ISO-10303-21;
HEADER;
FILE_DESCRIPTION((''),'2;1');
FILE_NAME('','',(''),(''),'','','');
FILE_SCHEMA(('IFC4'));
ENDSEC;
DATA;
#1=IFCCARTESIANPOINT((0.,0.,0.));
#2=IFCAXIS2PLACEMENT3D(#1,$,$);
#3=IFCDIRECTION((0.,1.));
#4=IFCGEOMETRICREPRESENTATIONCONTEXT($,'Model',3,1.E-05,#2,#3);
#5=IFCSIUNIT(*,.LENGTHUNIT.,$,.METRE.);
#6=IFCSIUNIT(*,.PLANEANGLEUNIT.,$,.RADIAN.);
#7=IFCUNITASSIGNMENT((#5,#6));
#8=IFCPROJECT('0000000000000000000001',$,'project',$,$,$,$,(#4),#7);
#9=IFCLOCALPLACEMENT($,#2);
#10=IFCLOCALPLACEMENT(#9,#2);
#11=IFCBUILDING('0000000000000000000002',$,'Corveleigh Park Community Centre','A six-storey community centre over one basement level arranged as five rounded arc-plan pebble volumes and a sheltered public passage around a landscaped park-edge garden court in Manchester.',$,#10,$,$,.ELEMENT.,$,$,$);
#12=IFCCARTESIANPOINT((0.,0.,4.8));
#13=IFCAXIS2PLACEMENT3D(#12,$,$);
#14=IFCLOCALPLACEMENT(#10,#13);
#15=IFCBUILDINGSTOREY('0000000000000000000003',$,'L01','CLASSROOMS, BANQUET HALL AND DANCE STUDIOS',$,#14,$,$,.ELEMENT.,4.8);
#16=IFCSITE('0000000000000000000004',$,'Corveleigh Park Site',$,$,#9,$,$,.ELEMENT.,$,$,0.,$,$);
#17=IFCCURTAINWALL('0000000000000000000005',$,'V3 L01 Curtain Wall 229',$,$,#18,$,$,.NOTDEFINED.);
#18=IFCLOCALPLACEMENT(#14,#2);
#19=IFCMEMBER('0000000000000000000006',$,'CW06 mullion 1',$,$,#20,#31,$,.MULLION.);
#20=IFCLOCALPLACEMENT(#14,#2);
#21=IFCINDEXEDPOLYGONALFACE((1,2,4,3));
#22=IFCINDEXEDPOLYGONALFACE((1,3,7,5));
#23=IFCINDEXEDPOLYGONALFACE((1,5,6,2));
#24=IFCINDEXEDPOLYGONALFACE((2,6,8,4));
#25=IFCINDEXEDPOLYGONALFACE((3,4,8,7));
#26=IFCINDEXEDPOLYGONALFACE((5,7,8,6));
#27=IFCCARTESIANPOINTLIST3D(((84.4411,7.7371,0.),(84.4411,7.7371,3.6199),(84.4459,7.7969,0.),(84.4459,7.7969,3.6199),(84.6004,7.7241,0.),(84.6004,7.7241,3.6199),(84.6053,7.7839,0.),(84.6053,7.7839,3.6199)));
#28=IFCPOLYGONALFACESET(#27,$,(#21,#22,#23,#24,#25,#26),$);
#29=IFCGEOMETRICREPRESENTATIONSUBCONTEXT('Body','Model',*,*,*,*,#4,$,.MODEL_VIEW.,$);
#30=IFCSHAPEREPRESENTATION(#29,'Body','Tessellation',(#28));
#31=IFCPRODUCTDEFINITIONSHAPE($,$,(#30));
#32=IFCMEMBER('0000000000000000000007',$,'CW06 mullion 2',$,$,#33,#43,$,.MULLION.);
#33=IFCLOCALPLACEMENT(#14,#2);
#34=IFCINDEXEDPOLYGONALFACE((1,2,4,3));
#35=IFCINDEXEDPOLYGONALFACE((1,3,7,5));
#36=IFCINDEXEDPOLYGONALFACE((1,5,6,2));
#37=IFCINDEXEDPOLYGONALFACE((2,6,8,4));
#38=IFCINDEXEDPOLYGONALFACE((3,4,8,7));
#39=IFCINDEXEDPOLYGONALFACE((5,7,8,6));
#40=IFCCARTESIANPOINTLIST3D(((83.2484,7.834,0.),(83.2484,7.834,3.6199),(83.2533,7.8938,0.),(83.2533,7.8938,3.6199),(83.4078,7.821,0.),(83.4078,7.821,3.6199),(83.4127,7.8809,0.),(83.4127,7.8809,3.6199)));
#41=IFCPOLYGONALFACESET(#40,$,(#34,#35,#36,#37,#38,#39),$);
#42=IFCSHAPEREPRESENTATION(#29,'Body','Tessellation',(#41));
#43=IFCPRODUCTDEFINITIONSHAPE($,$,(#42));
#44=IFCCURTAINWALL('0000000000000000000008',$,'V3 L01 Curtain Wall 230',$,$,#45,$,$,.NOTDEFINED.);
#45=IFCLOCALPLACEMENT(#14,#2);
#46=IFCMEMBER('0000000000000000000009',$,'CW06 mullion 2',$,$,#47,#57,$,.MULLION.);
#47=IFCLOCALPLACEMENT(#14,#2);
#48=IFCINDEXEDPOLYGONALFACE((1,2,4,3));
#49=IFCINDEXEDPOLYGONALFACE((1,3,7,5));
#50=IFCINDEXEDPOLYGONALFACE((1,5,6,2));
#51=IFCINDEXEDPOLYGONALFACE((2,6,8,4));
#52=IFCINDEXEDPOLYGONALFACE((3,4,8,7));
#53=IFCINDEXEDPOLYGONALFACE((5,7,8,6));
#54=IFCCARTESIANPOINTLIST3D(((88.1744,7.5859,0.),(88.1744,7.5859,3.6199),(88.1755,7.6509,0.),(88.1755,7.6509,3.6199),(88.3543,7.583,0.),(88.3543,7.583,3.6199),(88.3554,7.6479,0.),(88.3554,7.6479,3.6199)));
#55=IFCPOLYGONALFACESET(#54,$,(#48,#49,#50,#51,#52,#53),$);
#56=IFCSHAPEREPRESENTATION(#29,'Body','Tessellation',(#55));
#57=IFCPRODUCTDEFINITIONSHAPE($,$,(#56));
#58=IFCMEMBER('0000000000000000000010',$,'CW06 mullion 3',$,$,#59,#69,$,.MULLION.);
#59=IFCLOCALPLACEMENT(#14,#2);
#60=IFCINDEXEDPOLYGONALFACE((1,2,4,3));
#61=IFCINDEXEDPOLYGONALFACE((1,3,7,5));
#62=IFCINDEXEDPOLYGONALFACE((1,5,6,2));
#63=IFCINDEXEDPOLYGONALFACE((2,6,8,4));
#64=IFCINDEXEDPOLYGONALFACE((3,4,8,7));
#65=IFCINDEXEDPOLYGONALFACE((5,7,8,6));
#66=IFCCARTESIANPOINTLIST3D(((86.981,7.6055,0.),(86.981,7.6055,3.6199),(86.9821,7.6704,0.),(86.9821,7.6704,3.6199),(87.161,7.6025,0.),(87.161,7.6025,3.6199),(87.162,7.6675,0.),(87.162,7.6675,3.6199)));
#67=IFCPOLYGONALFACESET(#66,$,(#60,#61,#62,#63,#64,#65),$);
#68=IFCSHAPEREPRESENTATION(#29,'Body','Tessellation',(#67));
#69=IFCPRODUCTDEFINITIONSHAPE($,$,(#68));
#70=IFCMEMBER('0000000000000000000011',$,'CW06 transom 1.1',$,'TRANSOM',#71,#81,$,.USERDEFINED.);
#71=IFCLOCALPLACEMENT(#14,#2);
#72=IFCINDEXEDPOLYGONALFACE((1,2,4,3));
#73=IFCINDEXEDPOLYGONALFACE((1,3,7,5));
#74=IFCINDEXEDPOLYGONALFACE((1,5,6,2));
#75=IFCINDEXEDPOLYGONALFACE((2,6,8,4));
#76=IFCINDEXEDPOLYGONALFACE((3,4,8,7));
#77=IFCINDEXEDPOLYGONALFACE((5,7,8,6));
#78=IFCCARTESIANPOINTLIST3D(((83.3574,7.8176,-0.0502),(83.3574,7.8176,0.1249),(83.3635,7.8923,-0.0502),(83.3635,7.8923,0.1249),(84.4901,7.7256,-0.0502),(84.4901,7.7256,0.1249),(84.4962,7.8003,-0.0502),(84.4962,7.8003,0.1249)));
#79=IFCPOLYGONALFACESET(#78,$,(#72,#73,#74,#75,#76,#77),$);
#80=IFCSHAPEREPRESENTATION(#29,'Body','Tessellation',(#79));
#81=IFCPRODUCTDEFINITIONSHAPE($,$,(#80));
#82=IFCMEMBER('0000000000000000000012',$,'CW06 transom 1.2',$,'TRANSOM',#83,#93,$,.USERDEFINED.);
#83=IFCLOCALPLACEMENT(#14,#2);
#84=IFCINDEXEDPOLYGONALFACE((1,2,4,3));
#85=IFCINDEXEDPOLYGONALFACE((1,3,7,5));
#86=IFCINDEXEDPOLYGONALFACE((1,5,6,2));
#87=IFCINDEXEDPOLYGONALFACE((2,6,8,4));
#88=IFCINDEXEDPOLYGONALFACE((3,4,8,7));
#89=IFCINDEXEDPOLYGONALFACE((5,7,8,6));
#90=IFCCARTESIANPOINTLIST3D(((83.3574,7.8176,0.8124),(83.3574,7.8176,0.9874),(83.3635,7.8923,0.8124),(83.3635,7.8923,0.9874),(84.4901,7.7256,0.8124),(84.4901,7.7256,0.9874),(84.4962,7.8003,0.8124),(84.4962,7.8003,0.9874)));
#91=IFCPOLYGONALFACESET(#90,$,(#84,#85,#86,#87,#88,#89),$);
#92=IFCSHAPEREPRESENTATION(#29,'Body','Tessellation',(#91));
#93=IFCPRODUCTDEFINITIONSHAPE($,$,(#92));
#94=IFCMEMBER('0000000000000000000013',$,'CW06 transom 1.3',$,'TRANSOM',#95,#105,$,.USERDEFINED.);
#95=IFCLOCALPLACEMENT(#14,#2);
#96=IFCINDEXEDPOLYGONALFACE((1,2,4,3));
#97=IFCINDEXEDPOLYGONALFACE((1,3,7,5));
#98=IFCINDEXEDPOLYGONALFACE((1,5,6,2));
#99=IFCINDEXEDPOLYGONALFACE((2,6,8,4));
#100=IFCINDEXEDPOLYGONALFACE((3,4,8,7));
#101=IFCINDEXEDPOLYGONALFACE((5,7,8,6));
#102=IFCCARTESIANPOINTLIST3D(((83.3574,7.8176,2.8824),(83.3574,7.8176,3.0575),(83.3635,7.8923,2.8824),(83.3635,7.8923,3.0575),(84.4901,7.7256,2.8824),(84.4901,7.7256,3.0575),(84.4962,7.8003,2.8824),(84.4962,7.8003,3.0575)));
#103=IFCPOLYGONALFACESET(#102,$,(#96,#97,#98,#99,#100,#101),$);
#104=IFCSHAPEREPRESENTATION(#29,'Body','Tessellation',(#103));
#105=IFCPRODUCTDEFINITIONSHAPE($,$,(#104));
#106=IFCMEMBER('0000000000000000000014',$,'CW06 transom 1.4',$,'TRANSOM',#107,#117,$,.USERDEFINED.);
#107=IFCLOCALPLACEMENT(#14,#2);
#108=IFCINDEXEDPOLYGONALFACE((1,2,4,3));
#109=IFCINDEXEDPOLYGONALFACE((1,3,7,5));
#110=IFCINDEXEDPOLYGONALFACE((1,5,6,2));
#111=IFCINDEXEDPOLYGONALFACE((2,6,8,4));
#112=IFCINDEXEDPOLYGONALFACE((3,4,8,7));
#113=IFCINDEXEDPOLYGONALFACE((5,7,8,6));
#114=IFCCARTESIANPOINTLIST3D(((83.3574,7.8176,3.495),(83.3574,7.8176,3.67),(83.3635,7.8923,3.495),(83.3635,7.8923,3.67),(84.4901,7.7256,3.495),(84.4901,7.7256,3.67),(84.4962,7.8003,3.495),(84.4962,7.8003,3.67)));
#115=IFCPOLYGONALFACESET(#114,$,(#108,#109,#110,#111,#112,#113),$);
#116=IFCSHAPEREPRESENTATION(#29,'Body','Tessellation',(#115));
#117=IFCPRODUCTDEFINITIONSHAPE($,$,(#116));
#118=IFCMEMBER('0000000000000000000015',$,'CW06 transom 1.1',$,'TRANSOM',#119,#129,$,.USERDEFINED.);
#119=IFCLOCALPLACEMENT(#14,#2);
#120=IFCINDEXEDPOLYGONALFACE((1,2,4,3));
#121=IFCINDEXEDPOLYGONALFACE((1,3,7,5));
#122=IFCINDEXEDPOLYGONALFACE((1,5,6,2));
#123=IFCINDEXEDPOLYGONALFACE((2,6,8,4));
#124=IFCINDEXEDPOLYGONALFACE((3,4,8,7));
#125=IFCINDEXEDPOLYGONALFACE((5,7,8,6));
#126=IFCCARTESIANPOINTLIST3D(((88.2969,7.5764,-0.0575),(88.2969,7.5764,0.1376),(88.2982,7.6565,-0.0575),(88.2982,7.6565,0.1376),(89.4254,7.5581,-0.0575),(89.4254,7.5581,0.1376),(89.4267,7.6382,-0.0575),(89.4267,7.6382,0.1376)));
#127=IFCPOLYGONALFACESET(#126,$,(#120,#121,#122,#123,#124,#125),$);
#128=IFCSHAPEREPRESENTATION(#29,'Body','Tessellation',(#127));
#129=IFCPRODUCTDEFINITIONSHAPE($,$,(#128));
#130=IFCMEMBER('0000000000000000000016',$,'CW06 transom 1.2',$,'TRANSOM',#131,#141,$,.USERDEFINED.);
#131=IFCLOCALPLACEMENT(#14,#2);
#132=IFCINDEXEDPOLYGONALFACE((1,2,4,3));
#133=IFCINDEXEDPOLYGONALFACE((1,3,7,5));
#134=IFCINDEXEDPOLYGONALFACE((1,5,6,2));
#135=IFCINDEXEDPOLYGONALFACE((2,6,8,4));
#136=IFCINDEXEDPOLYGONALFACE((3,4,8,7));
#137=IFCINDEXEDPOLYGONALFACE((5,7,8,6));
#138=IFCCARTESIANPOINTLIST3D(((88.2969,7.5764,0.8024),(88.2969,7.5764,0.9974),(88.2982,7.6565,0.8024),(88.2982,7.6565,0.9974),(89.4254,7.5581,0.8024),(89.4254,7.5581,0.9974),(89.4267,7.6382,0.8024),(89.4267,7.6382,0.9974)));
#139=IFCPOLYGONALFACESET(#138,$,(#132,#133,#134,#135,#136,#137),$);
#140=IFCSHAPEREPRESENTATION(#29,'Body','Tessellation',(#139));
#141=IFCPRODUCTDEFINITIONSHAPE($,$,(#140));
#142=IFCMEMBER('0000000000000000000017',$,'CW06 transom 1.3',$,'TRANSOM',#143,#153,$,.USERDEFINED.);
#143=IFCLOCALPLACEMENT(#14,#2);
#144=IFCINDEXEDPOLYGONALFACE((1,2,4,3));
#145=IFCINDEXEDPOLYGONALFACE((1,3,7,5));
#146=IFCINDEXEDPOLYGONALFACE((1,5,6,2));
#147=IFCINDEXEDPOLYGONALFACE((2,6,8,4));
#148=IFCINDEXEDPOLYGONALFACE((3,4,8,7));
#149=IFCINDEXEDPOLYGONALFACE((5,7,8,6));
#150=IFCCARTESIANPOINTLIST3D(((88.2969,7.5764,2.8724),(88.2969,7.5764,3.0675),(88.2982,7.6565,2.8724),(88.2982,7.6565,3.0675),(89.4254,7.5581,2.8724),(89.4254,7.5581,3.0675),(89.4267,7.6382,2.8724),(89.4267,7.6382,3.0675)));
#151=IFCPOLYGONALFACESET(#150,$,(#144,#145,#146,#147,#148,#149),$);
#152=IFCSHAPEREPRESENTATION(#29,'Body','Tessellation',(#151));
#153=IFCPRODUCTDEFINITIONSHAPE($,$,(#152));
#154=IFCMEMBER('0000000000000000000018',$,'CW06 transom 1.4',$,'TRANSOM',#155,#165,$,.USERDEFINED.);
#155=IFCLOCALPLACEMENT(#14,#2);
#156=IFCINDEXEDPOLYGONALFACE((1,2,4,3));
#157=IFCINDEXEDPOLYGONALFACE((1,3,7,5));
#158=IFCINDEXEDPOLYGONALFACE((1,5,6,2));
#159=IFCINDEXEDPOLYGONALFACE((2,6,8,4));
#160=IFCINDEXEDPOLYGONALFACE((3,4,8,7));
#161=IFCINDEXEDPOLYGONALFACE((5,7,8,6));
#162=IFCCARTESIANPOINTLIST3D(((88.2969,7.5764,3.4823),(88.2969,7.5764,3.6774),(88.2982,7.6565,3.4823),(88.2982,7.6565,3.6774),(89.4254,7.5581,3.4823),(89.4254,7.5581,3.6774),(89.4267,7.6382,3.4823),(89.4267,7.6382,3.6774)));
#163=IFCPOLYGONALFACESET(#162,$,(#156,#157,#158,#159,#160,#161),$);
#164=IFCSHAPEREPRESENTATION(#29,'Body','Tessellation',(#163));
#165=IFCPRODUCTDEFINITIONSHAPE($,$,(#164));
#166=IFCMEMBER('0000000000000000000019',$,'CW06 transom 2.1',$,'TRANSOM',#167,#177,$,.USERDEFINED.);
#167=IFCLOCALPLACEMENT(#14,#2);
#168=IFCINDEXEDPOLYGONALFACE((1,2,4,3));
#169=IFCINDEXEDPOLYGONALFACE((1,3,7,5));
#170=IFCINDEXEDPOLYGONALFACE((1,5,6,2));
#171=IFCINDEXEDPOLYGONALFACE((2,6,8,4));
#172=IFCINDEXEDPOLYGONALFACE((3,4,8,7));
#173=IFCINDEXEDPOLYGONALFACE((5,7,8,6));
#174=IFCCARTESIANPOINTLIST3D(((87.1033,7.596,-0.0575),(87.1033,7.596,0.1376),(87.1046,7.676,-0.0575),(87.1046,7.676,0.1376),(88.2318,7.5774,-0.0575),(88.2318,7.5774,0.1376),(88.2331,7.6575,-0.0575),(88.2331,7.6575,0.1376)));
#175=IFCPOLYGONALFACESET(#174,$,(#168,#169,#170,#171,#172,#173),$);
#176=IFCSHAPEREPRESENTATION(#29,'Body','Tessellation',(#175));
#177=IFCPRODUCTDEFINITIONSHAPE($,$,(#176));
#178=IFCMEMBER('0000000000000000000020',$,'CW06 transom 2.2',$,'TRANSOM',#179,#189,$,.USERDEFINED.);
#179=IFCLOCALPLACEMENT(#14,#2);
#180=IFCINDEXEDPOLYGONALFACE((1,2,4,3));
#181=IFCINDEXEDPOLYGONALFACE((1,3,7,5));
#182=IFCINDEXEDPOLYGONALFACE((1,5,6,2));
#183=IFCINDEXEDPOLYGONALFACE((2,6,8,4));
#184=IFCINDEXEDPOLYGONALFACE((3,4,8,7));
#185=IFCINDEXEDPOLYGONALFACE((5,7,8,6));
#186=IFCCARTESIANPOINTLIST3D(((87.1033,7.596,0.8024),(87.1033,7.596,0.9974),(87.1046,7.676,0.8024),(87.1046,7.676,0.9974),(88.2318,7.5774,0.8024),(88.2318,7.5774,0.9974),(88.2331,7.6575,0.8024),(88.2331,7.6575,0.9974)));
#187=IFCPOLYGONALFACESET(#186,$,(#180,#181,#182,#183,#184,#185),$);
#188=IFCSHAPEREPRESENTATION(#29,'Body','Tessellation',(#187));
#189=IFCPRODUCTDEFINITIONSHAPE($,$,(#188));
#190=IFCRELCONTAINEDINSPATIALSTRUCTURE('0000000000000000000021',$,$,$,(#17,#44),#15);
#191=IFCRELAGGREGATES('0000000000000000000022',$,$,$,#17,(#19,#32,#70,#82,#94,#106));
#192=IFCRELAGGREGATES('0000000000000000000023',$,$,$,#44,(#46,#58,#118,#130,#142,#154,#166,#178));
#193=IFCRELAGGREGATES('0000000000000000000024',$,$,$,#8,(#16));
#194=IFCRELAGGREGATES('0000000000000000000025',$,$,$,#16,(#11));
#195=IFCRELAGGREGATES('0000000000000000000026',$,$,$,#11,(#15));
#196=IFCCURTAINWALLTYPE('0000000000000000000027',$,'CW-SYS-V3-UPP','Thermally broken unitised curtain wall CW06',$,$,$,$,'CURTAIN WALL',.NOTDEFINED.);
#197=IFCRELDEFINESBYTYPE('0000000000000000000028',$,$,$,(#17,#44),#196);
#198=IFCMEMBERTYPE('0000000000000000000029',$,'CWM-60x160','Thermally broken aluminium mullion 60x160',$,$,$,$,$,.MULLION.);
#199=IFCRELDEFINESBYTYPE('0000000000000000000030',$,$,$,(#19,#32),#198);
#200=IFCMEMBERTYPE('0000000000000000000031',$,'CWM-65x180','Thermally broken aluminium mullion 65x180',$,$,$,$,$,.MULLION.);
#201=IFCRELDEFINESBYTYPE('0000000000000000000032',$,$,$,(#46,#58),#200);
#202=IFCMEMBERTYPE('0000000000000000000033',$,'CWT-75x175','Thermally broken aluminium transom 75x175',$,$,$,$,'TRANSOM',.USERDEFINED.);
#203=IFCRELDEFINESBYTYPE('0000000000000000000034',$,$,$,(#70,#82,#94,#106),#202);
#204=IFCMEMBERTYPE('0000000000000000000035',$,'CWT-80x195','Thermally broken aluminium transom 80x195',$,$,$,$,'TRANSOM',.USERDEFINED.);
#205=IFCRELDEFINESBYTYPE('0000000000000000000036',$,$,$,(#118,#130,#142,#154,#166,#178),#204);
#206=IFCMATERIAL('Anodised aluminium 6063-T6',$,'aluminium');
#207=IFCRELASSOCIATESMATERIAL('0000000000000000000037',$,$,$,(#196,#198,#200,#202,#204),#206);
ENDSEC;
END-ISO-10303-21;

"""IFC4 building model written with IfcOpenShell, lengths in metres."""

from ifc_helpers import new_model, si_unit, direction, frame, origin, origin_2d, place, context, subcontext, project, spatial, rectangle, extrude, material, material_profile, profile_set, type_object, element, aggregate, save


model = new_model("IFC4")

# Units and contexts
model_context = context("Model", 3, precision=1e-05, world=origin(), true_north=direction((0.0, 1.0)))
body_context = subcontext(model_context, "Body", "Model", "MODEL_VIEW")
ifc_project = project(units=[si_unit("LENGTHUNIT", "METRE"), si_unit("PLANEANGLEUNIT", "RADIAN")], contexts=[model_context])

# Site, building, storey
site_placement = place(None, origin())
site = spatial("IfcSite", under=ifc_project, at=site_placement, Name="Corveleigh Park Site", CompositionType="ELEMENT", RefElevation=0.0)
building_placement = place(site_placement, origin())
building = spatial("IfcBuilding", under=site, at=building_placement, Name="Corveleigh Park Community Centre", Description="A six-storey community centre over one basement level arranged as five rounded arc-plan pebble volumes and a sheltered public passage around a landscaped park-edge garden court in Manchester.", CompositionType="ELEMENT")
storey_placement = place(building_placement, frame((0.0, 0.0, 4.8)))
storey = spatial("IfcBuildingStorey", under=building, at=storey_placement, Name="L01", Description="CLASSROOMS, BANQUET HALL AND DANCE STUDIOS", CompositionType="ELEMENT", Elevation=4.8)

# Curtain walls, members
ifc_material_1 = material(Name="Anodised aluminium 6063-T6", Category="aluminium")
curtain_wall_type = type_object("IfcCurtainWallType", Name="CW-SYS-V3-UPP", Description="Thermally broken unitised curtain wall CW06", ElementType="CURTAIN WALL", PredefinedType="NOTDEFINED", material=ifc_material_1)
curtain_wall_1_placement = place(storey_placement, origin())
curtain_wall_1 = element("IfcCurtainWall", 1, at=curtain_wall_1_placement, inside=storey, type_object=curtain_wall_type, Name="V3 L01 Curtain Wall 229", PredefinedType="NOTDEFINED")
ifc_material_profile_1 = material_profile(ifc_material_1, rectangle(XDim=0.0601, YDim=0.1599, at=origin_2d()), Name="ALU-M60x160", Category="aluminium")
ifc_profile_set_1 = profile_set([ifc_material_profile_1], Name="Anodised aluminium 6063-T6")
member_type_1 = type_object("IfcMemberType", Name="CWM-60x160", Description="Thermally broken aluminium mullion 60x160", PredefinedType="MULLION", material=ifc_profile_set_1)
member_1_placement = place(storey_placement, frame((84.5232, 7.7605, 0.0), z_axis=(0.0, 0.0, 1.0), x_axis=(-0.081122, -0.996704, 0.0)))
member_1 = element("IfcMember", 2, at=member_1_placement, type_object=member_type_1, Name="CW06 mullion 1", PredefinedType="MULLION", context=body_context, shape_type="SweptSolid", body=[
    extrude(rectangle(XDim=0.0601, YDim=0.1599, at=origin_2d()), origin(), (0.0, 0.0, 1.0), 3.6199),
])
member_2_placement = place(storey_placement, frame((83.3306, 7.8574, 0.0), z_axis=(0.0, 0.0, 1.0), x_axis=(-0.081122, -0.996704, 0.0)))
member_2 = element("IfcMember", 3, at=member_2_placement, type_object=member_type_1, Name="CW06 mullion 2", PredefinedType="MULLION", context=body_context, shape_type="SweptSolid", body=[
    extrude(rectangle(XDim=0.0601, YDim=0.1599, at=origin_2d()), origin(), (0.0, 0.0, 1.0), 3.6199),
])
curtain_wall_2_placement = place(storey_placement, origin())
curtain_wall_2 = element("IfcCurtainWall", 4, at=curtain_wall_2_placement, inside=storey, type_object=curtain_wall_type, Name="V3 L01 Curtain Wall 230", PredefinedType="NOTDEFINED")
ifc_material_profile_2 = material_profile(ifc_material_1, rectangle(XDim=0.0649, YDim=0.1799, at=origin_2d()), Name="ALU-M65x180", Category="aluminium")
ifc_profile_set_2 = profile_set([ifc_material_profile_2], Name="Anodised aluminium 6063-T6")
member_type_2 = type_object("IfcMemberType", Name="CWM-65x180", Description="Thermally broken aluminium mullion 65x180", PredefinedType="MULLION", material=ifc_profile_set_2)
member_3_placement = place(storey_placement, frame((88.2649, 7.6169, 0.0), z_axis=(0.0, 0.0, 1.0), x_axis=(-0.016311, -0.999867, 0.0)))
member_3 = element("IfcMember", 5, at=member_3_placement, type_object=member_type_2, Name="CW06 mullion 2", PredefinedType="MULLION", context=body_context, shape_type="SweptSolid", body=[
    extrude(rectangle(XDim=0.0649, YDim=0.1799, at=origin_2d()), origin(), (0.0, 0.0, 1.0), 3.6199),
])
member_4_placement = place(storey_placement, frame((87.0715, 7.6365, 0.0), z_axis=(0.0, 0.0, 1.0), x_axis=(-0.016311, -0.999867, 0.0)))
member_4 = element("IfcMember", 6, at=member_4_placement, type_object=member_type_2, Name="CW06 mullion 3", PredefinedType="MULLION", context=body_context, shape_type="SweptSolid", body=[
    extrude(rectangle(XDim=0.0649, YDim=0.1799, at=origin_2d()), origin(), (0.0, 0.0, 1.0), 3.6199),
])

# Members
ifc_material_profile_3 = material_profile(ifc_material_1, rectangle(XDim=0.075, YDim=0.175, at=origin_2d()), Name="ALU-T75x175", Category="aluminium")
ifc_profile_set_3 = profile_set([ifc_material_profile_3], Name="Anodised aluminium 6063-T6")
member_type_3 = type_object("IfcMemberType", Name="CWT-75x175", Description="Thermally broken aluminium transom 75x175", ElementType="TRANSOM", PredefinedType="USERDEFINED", material=ifc_profile_set_3)
member_5_placement = place(storey_placement, frame((84.4932, 7.7629, 0.0374), z_axis=(-0.996715, 0.080983, 0.0), x_axis=(-0.080983, -0.996715, 0.0)))
member_5 = element("IfcMember", 7, at=member_5_placement, type_object=member_type_3, Name="CW06 transom 1.1", ObjectType="TRANSOM", PredefinedType="USERDEFINED", context=body_context, shape_type="SweptSolid", body=[
    extrude(rectangle(XDim=0.075, YDim=0.175, at=origin_2d()), origin(), (0.0, 0.0, 1.0), 1.1365),
])
member_6_placement = place(storey_placement, frame((84.4932, 7.7629, 0.8999), z_axis=(-0.996715, 0.080983, 0.0), x_axis=(-0.080983, -0.996715, 0.0)))
member_6 = element("IfcMember", 8, at=member_6_placement, type_object=member_type_3, Name="CW06 transom 1.2", ObjectType="TRANSOM", PredefinedType="USERDEFINED", context=body_context, shape_type="SweptSolid", body=[
    extrude(rectangle(XDim=0.075, YDim=0.175, at=origin_2d()), origin(), (0.0, 0.0, 1.0), 1.1365),
])
member_7_placement = place(storey_placement, frame((84.4932, 7.7629, 2.97), z_axis=(-0.996715, 0.080983, 0.0), x_axis=(-0.080983, -0.996715, 0.0)))
member_7 = element("IfcMember", 9, at=member_7_placement, type_object=member_type_3, Name="CW06 transom 1.3", ObjectType="TRANSOM", PredefinedType="USERDEFINED", context=body_context, shape_type="SweptSolid", body=[
    extrude(rectangle(XDim=0.075, YDim=0.175, at=origin_2d()), origin(), (0.0, 0.0, 1.0), 1.1365),
])
member_8_placement = place(storey_placement, frame((84.4932, 7.7629, 3.5825), z_axis=(-0.996715, 0.080983, 0.0), x_axis=(-0.080983, -0.996715, 0.0)))
member_8 = element("IfcMember", 10, at=member_8_placement, type_object=member_type_3, Name="CW06 transom 1.4", ObjectType="TRANSOM", PredefinedType="USERDEFINED", context=body_context, shape_type="SweptSolid", body=[
    extrude(rectangle(XDim=0.075, YDim=0.175, at=origin_2d()), origin(), (0.0, 0.0, 1.0), 1.1365),
])
ifc_material_profile_4 = material_profile(ifc_material_1, rectangle(XDim=0.0801, YDim=0.1951, at=origin_2d()), Name="ALU-T80x195", Category="aluminium")
ifc_profile_set_4 = profile_set([ifc_material_profile_4], Name="Anodised aluminium 6063-T6")
member_type_4 = type_object("IfcMemberType", Name="CWT-80x195", Description="Thermally broken aluminium transom 80x195", ElementType="TRANSOM", PredefinedType="USERDEFINED", material=ifc_profile_set_4)
member_9_placement = place(storey_placement, frame((89.426, 7.5981, 0.04), z_axis=(-0.999868, 0.016225, 0.0), x_axis=(-0.016225, -0.999868, 0.0)))
member_9 = element("IfcMember", 11, at=member_9_placement, type_object=member_type_4, Name="CW06 transom 1.1", ObjectType="TRANSOM", PredefinedType="USERDEFINED", context=body_context, shape_type="SweptSolid", body=[
    extrude(rectangle(XDim=0.0801, YDim=0.1951, at=origin_2d()), origin(), (0.0, 0.0, 1.0), 1.1287),
])
member_10_placement = place(storey_placement, frame((89.426, 7.5981, 0.8999), z_axis=(-0.999868, 0.016225, 0.0), x_axis=(-0.016225, -0.999868, 0.0)))
member_10 = element("IfcMember", 12, at=member_10_placement, type_object=member_type_4, Name="CW06 transom 1.2", ObjectType="TRANSOM", PredefinedType="USERDEFINED", context=body_context, shape_type="SweptSolid", body=[
    extrude(rectangle(XDim=0.0801, YDim=0.1951, at=origin_2d()), origin(), (0.0, 0.0, 1.0), 1.1287),
])
member_11_placement = place(storey_placement, frame((89.426, 7.5981, 2.97), z_axis=(-0.999868, 0.016225, 0.0), x_axis=(-0.016225, -0.999868, 0.0)))
member_11 = element("IfcMember", 13, at=member_11_placement, type_object=member_type_4, Name="CW06 transom 1.3", ObjectType="TRANSOM", PredefinedType="USERDEFINED", context=body_context, shape_type="SweptSolid", body=[
    extrude(rectangle(XDim=0.0801, YDim=0.1951, at=origin_2d()), origin(), (0.0, 0.0, 1.0), 1.1287),
])
member_12_placement = place(storey_placement, frame((89.426, 7.5981, 3.5798), z_axis=(-0.999868, 0.016225, 0.0), x_axis=(-0.016225, -0.999868, 0.0)))
member_12 = element("IfcMember", 14, at=member_12_placement, type_object=member_type_4, Name="CW06 transom 1.4", ObjectType="TRANSOM", PredefinedType="USERDEFINED", context=body_context, shape_type="SweptSolid", body=[
    extrude(rectangle(XDim=0.0801, YDim=0.1951, at=origin_2d()), origin(), (0.0, 0.0, 1.0), 1.1287),
])
member_13_placement = place(storey_placement, frame((88.2324, 7.6174, 0.04), z_axis=(-0.999865, 0.016441, 0.0), x_axis=(-0.016441, -0.999865, 0.0)))
member_13 = element("IfcMember", 15, at=member_13_placement, type_object=member_type_4, Name="CW06 transom 2.1", ObjectType="TRANSOM", PredefinedType="USERDEFINED", context=body_context, shape_type="SweptSolid", body=[
    extrude(rectangle(XDim=0.0801, YDim=0.1951, at=origin_2d()), origin(), (0.0, 0.0, 1.0), 1.1287),
])
member_14_placement = place(storey_placement, frame((88.2324, 7.6174, 0.8999), z_axis=(-0.999865, 0.016441, 0.0), x_axis=(-0.016441, -0.999865, 0.0)))
member_14 = element("IfcMember", 16, at=member_14_placement, type_object=member_type_4, Name="CW06 transom 2.2", ObjectType="TRANSOM", PredefinedType="USERDEFINED", context=body_context, shape_type="SweptSolid", body=[
    extrude(rectangle(XDim=0.0801, YDim=0.1951, at=origin_2d()), origin(), (0.0, 0.0, 1.0), 1.1287),
])

aggregate(curtain_wall_1, [member_1, member_2, member_5, member_6, member_7, member_8])
aggregate(curtain_wall_2, [member_3, member_4, member_9, member_10, member_11, member_12, member_13, member_14])

save(model, "model.ifc")
